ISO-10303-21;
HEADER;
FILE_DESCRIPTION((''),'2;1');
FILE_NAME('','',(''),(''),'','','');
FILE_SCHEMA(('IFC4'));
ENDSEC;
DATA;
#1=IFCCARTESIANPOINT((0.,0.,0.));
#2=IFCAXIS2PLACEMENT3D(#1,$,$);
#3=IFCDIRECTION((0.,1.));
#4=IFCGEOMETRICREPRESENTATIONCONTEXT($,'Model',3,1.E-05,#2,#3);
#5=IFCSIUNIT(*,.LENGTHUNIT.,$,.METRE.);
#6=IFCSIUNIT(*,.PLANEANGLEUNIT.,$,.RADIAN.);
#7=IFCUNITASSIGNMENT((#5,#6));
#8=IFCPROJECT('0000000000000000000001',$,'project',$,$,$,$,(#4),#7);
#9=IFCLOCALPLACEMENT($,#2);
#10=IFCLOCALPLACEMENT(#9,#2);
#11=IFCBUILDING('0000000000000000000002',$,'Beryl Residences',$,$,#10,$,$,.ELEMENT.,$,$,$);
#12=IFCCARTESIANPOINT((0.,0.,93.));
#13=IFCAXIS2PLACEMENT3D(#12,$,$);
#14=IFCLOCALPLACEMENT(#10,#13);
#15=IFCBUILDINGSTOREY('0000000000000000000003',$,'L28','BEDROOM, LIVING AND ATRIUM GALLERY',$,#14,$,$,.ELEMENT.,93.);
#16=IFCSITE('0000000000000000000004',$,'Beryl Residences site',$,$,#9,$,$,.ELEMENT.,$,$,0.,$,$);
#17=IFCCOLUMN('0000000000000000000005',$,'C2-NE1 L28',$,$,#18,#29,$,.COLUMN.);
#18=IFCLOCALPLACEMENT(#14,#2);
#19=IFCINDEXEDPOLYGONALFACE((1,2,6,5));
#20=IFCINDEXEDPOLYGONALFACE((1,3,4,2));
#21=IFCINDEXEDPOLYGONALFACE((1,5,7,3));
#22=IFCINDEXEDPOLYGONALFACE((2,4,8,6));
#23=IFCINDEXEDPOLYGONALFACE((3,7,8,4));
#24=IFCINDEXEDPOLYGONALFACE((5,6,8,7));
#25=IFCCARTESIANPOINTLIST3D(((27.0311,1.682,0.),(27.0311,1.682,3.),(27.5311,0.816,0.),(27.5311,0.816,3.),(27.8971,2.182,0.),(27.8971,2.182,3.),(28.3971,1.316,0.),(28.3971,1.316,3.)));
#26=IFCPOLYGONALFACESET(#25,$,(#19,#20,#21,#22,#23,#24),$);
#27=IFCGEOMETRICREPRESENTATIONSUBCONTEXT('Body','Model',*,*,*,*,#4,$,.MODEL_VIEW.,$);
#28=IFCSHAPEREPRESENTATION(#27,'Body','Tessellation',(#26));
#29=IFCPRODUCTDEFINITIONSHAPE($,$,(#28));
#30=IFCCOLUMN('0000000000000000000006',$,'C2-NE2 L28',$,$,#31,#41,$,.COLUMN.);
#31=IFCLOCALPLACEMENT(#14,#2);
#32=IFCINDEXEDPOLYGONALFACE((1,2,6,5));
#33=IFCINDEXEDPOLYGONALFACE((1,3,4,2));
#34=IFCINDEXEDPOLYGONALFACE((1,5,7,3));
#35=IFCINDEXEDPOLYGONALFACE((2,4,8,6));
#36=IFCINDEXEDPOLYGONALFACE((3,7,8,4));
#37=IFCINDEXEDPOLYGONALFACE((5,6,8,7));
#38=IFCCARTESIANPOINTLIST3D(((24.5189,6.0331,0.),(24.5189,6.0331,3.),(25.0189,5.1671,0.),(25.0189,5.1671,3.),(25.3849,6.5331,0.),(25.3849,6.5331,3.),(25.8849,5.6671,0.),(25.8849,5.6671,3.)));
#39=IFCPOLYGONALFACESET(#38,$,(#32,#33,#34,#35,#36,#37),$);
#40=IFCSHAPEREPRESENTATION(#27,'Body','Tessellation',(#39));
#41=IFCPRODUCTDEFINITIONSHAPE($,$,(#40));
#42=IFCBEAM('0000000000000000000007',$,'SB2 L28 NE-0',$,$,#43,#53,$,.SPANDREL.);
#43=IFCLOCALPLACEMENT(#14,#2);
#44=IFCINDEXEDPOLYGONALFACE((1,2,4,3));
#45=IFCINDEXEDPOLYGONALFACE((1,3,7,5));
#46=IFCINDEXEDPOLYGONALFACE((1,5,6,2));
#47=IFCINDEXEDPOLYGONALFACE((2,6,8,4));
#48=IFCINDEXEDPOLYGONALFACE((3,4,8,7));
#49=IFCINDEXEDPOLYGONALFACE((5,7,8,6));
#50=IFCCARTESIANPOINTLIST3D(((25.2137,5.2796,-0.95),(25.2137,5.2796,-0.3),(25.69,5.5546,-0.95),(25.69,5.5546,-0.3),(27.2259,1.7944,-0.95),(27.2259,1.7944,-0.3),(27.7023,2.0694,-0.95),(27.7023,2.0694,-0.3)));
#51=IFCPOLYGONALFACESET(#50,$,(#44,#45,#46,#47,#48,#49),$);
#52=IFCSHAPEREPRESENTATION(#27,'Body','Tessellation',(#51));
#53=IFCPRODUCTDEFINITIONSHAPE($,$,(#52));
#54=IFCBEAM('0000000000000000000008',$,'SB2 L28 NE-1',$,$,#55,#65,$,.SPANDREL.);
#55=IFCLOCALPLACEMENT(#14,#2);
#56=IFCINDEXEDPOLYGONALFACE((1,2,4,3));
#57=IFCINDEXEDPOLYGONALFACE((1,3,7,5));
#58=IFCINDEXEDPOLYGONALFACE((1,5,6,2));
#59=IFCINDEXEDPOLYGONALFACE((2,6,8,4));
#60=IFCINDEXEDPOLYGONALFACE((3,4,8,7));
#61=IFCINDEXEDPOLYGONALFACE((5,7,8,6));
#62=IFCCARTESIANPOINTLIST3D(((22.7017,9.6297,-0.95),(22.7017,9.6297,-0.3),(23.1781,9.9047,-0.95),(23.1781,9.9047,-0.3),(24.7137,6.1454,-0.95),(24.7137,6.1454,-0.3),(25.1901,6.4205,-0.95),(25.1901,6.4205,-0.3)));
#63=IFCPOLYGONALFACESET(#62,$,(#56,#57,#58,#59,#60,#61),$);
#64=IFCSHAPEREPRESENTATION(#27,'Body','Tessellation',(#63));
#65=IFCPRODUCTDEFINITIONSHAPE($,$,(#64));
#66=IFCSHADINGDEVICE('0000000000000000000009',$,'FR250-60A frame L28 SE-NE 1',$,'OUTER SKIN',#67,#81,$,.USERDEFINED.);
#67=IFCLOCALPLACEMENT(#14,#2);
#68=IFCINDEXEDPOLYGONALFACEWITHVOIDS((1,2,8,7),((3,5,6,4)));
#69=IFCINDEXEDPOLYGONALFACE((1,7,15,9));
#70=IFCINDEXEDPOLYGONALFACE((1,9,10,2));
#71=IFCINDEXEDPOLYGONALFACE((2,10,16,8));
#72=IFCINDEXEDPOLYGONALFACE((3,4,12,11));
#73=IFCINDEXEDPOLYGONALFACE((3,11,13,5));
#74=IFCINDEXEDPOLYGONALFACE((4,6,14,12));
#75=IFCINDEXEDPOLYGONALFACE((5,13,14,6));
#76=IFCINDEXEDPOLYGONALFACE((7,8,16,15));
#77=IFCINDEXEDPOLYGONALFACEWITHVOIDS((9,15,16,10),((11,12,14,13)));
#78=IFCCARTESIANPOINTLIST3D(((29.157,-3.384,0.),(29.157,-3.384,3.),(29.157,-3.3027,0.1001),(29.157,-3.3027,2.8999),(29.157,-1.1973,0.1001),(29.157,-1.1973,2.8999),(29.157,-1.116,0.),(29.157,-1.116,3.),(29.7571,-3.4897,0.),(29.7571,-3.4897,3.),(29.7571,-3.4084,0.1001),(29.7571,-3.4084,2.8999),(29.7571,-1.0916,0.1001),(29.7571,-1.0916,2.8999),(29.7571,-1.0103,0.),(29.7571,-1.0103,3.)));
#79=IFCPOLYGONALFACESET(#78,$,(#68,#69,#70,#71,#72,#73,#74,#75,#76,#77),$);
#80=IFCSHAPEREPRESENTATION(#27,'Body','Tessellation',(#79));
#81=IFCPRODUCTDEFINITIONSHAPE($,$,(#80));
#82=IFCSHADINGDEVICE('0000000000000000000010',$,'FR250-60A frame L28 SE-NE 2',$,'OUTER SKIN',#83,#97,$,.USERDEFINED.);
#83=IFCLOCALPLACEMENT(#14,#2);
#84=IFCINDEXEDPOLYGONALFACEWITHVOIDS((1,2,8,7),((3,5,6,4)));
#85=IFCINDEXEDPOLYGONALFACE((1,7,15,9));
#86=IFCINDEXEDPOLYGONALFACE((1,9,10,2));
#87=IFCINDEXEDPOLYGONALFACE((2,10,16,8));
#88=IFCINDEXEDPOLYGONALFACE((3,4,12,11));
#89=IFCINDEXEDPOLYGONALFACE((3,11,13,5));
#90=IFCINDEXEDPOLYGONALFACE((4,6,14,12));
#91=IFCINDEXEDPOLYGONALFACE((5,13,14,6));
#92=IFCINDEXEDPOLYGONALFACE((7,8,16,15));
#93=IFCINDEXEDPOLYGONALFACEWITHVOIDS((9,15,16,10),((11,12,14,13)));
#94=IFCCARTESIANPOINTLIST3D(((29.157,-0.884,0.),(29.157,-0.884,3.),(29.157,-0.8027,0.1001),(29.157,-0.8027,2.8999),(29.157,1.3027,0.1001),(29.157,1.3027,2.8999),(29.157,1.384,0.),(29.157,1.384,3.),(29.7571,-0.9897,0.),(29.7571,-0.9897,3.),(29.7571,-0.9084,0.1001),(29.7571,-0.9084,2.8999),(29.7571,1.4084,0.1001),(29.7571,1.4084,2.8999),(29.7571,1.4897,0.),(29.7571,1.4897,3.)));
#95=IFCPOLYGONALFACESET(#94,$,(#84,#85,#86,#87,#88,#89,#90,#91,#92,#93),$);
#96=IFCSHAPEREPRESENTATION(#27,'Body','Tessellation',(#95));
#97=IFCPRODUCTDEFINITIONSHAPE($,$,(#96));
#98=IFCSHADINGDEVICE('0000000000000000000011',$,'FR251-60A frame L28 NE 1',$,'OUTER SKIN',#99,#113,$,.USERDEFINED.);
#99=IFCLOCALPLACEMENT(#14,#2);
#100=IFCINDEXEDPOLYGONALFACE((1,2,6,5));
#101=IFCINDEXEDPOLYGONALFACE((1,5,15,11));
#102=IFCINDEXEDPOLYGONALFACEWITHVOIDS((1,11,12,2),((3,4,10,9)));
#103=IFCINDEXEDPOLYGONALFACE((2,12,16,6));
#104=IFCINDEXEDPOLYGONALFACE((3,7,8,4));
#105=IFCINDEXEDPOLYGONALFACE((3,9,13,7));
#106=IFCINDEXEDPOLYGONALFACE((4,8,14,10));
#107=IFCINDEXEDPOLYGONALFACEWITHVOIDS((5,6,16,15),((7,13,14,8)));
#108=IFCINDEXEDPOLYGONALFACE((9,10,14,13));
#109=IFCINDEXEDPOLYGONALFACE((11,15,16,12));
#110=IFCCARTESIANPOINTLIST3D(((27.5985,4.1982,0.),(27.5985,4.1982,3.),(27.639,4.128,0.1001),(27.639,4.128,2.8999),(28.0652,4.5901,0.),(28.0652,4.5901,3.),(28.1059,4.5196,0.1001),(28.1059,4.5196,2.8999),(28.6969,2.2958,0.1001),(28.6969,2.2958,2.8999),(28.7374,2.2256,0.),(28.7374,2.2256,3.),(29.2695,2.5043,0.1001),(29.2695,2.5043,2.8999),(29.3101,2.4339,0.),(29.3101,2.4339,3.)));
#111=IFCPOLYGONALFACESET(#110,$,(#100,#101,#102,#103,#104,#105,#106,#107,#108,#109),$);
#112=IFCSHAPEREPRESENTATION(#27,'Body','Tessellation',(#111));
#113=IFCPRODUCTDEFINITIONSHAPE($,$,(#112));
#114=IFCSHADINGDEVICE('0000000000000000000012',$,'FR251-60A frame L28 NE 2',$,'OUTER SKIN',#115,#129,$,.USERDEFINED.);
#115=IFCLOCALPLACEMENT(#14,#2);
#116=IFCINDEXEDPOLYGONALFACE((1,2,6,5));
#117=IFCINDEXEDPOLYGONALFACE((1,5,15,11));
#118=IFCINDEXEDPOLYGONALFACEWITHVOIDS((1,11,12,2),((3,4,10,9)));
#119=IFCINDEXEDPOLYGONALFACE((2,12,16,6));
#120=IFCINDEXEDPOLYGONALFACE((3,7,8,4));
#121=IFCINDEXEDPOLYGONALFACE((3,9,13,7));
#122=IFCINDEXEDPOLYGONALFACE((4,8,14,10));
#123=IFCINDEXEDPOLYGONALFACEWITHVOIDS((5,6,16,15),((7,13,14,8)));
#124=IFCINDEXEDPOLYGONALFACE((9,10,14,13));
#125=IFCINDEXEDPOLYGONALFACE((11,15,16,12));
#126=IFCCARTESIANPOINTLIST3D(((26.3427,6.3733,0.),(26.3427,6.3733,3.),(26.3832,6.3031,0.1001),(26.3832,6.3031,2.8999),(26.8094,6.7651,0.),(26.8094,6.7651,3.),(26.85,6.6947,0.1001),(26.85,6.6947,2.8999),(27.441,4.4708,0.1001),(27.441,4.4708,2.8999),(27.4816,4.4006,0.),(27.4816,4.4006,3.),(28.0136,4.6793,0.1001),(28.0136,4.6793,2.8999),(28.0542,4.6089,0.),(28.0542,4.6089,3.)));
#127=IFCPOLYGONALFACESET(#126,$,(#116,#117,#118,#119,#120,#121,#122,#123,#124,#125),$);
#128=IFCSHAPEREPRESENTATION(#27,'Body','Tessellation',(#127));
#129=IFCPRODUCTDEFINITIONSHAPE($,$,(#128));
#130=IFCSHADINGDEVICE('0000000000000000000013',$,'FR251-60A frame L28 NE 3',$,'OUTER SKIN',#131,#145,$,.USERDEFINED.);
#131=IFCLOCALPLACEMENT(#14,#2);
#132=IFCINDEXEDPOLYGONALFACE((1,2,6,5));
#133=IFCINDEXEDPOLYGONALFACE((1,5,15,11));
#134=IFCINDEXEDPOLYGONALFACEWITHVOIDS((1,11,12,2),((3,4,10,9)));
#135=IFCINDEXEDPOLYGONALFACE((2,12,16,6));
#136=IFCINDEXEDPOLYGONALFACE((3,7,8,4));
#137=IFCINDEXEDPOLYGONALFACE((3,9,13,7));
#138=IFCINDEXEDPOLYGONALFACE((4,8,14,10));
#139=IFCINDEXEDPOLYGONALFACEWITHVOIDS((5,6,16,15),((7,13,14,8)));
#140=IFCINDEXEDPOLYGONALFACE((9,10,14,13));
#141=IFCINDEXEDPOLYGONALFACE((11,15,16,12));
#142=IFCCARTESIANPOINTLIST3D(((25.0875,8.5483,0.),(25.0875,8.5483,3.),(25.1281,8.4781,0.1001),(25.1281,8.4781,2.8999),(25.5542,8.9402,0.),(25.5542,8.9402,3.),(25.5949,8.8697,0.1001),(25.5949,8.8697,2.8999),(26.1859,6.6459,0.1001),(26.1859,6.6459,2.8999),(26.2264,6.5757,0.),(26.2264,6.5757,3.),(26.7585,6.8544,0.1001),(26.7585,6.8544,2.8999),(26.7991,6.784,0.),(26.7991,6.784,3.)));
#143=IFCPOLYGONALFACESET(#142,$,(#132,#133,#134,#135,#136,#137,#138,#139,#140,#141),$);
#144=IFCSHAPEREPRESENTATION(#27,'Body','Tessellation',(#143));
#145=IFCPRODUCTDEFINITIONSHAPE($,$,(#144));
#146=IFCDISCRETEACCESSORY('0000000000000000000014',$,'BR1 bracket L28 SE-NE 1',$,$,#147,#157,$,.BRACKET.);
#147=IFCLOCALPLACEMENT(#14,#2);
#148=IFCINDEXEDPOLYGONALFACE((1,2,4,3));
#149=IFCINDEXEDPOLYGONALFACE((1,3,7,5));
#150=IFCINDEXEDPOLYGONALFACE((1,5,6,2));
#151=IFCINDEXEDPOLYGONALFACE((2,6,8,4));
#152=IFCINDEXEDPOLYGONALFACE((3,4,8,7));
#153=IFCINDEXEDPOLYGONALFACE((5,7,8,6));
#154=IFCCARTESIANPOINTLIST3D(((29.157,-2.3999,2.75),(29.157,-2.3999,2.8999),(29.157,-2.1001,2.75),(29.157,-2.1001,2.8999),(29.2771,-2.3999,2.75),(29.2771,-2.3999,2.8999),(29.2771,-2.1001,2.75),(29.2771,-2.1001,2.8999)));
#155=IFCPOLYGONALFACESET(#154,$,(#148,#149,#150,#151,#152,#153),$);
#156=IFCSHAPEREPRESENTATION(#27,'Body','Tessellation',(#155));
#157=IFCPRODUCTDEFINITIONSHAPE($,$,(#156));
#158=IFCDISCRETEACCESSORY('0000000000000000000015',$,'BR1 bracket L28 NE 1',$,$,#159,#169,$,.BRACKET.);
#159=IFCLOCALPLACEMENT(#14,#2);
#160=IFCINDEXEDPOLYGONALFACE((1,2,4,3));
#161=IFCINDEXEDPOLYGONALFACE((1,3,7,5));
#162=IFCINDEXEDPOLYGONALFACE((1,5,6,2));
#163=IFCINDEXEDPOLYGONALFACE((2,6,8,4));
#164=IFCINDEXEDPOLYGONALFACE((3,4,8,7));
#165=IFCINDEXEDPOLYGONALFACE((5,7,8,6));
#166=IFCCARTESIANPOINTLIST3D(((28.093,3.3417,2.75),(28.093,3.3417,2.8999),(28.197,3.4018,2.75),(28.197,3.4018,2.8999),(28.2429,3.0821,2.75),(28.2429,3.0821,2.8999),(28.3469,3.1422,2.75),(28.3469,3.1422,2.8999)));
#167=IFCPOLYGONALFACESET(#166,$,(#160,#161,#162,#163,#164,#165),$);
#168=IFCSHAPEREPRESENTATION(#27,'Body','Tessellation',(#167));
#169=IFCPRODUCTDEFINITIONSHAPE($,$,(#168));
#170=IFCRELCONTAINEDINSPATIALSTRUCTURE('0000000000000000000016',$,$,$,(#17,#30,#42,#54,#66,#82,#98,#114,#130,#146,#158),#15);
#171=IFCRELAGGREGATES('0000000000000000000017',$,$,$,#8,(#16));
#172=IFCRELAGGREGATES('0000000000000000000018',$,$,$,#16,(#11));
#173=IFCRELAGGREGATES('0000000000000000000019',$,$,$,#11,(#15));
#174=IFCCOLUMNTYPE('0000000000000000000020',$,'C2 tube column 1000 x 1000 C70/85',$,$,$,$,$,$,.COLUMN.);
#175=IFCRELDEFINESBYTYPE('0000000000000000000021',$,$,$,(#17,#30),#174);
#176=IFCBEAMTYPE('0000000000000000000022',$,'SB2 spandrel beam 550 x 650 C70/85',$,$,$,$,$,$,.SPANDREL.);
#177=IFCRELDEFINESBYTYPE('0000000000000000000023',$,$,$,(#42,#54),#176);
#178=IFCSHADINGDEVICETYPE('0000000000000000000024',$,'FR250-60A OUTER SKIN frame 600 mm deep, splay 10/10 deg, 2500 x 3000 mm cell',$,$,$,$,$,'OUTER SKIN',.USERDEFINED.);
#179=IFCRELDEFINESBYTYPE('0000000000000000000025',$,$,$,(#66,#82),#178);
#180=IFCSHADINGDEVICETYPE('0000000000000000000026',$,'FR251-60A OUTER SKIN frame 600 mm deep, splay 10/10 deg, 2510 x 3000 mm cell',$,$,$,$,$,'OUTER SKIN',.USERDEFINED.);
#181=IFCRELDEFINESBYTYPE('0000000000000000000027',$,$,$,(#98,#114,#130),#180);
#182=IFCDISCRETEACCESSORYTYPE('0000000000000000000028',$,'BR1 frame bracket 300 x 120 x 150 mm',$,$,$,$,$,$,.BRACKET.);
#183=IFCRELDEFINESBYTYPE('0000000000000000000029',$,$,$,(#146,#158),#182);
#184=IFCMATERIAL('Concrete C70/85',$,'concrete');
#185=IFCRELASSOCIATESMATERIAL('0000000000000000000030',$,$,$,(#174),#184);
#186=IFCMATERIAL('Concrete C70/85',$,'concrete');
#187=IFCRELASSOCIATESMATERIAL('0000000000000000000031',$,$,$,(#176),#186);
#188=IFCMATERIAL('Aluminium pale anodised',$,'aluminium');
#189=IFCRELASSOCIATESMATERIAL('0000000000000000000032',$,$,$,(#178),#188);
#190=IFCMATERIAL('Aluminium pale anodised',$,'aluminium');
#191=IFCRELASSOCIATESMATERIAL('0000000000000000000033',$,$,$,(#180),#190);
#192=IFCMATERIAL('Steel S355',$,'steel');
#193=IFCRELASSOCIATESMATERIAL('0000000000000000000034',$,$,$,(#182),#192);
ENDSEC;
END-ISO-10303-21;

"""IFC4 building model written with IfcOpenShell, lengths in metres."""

from ifc_helpers import new_model, entity, si_unit, direction, frame, origin, origin_2d, place, context, subcontext, project, spatial, polyline, rectangle, outline, extrude, source, transform, mapped, material, material_profile, profile_set, type_object, type_shapes, element, save


model = new_model("IFC4")

# Units and contexts
model_context = context("Model", 3, precision=1e-05, world=origin(), true_north=direction((0.0, 1.0)))
body_context = subcontext(model_context, "Body", "Model", "MODEL_VIEW")
ifc_project = project(units=[si_unit("LENGTHUNIT", "METRE"), si_unit("PLANEANGLEUNIT", "RADIAN")], contexts=[model_context])

# Site, building, storey
site_placement = place(None, origin())
site = spatial("IfcSite", under=ifc_project, at=site_placement, Name="Beryl Residences site", CompositionType="ELEMENT", RefElevation=0.0)
building_placement = place(site_placement, origin())
building = spatial("IfcBuilding", under=site, at=building_placement, Name="Beryl Residences", CompositionType="ELEMENT")
storey_placement = place(building_placement, frame((0.0, 0.0, 93.0)))
storey = spatial("IfcBuildingStorey", under=building, at=storey_placement, Name="L28", Description="BEDROOM, LIVING AND ATRIUM GALLERY", CompositionType="ELEMENT", Elevation=93.0)

# Columns
ifc_material_1 = material(Name="Concrete C70/85", Category="concrete")
ifc_material_profile_1 = material_profile(ifc_material_1, rectangle(XDim=1.0, YDim=1.0, at=origin_2d()))
ifc_profile_set_1 = profile_set([ifc_material_profile_1], Name="Concrete C70/85")
column_type = type_object("IfcColumnType", Name="C2 tube column 1000 x 1000 C70/85", PredefinedType="COLUMN", material=ifc_profile_set_1)
for number, where, z_axis, x_axis, name in (
    (1, (27.7141, 1.499, 0.0), (0.0, 0.0, 1.0), (-0.5, 0.866025, 0.0), "C2-NE1 L28"),
    (2, (25.2019, 5.8501, 0.0), (0.0, 0.0, 1.0), (-0.5, 0.866025, 0.0), "C2-NE2 L28"),
):
    element("IfcColumn", number, at=place(storey_placement, frame(where, z_axis=z_axis, x_axis=x_axis)), inside=storey, type_object=column_type, Name=name, PredefinedType="COLUMN", context=body_context, shape_type="SweptSolid", body=[
        extrude(rectangle(XDim=1.0, YDim=1.0, at=origin_2d()), origin(), (0.0, 0.0, 1.0), 3.0),
    ])

# Beams
ifc_material_2 = material(Name="Concrete C70/85", Category="concrete")
ifc_material_profile_2 = material_profile(ifc_material_2, rectangle(XDim=0.55, YDim=0.6499, at=origin_2d()))
ifc_profile_set_2 = profile_set([ifc_material_profile_2], Name="Concrete C70/85")
beam_type = type_object("IfcBeamType", Name="SB2 spandrel beam 550 x 650 C70/85", PredefinedType="SPANDREL", material=ifc_profile_set_2)
beam_1_placement = place(storey_placement, frame((27.4641, 1.9319, -0.625), z_axis=(-0.500015, 0.866017, 0.0), x_axis=(-0.866017, -0.500015, 0.0)))
element("IfcBeam", 3, at=beam_1_placement, inside=storey, type_object=beam_type, Name="SB2 L28 NE-0", PredefinedType="SPANDREL", context=body_context, shape_type="SweptSolid", body=[
    extrude(rectangle(XDim=0.55, YDim=0.6499, at=origin_2d()), origin(), (0.0, 0.0, 1.0), 4.0244),
])
beam_2_placement = place(storey_placement, frame((24.9519, 6.283, -0.625), z_axis=(-0.500074, 0.865982, 0.0), x_axis=(-0.865982, -0.500074, 0.0)))
element("IfcBeam", 4, at=beam_2_placement, inside=storey, type_object=beam_type, Name="SB2 L28 NE-1", PredefinedType="SPANDREL", context=body_context, shape_type="SweptSolid", body=[
    extrude(rectangle(XDim=0.55, YDim=0.6499, at=origin_2d()), origin(), (0.0, 0.0, 1.0), 4.0234),
])

# Shading devices
ifc_material_3 = material(Name="Aluminium pale anodised", Category="aluminium")
shading_device_type_1 = type_object("IfcShadingDeviceType", Name="FR250-60A OUTER SKIN frame 600 mm deep, splay 10/10 deg, 2500 x 3000 mm cell", ElementType="OUTER SKIN", PredefinedType="USERDEFINED", material=ifc_material_3)
cartesian_point_1 = entity("IfcCartesianPoint", [-1.134, 0.0])
cartesian_point_2 = entity("IfcCartesianPoint", [-1.0527, 0.1001])
cartesian_point_3 = entity("IfcCartesianPoint", [-1.2397, 0.0])
cartesian_point_4 = entity("IfcCartesianPoint", [-1.1584, 0.1001])
shared_shape_1 = source(origin(), body_context, "Body", "SweptSolid", [
    entity("IfcExtrudedAreaSolidTapered", entity("IfcArbitraryProfileDefWithVoids", "AREA", None, entity("IfcPolyline", [cartesian_point_1, entity("IfcCartesianPoint", [1.134, 0.0]), entity("IfcCartesianPoint", [1.134, 3.0]), entity("IfcCartesianPoint", [-1.134, 3.0]), cartesian_point_1]), [entity("IfcPolyline", [cartesian_point_2, entity("IfcCartesianPoint", [1.0527, 0.1001]), entity("IfcCartesianPoint", [1.0527, 2.8999]), entity("IfcCartesianPoint", [-1.0527, 2.8999]), cartesian_point_2])]), entity("IfcAxis2Placement3D", entity("IfcCartesianPoint", [0.0, 0.0, 0.0]), entity("IfcDirection", [0.0, 1.0, 0.0]), entity("IfcDirection", [-1.0, 0.0, 0.0])), entity("IfcDirection", [0.0, 0.0, 1.0]), 0.6001, entity("IfcArbitraryProfileDefWithVoids", "AREA", None, entity("IfcPolyline", [cartesian_point_3, entity("IfcCartesianPoint", [1.2397, 0.0]), entity("IfcCartesianPoint", [1.2397, 3.0]), entity("IfcCartesianPoint", [-1.2397, 3.0]), cartesian_point_3]), [entity("IfcPolyline", [cartesian_point_4, entity("IfcCartesianPoint", [1.1584, 0.1001]), entity("IfcCartesianPoint", [1.1584, 2.8999]), entity("IfcCartesianPoint", [-1.1584, 2.8999]), cartesian_point_4])])),
])
type_shapes(shading_device_type_1, [shared_shape_1])
for number, where, z_axis, x_axis, name in (
    (5, (29.157, -2.25, 0.0), (0.0, 0.0, 1.0), (0.0, -1.0, 0.0), "FR250-60A frame L28 SE-NE 1"),
    (6, (29.157, 0.25, 0.0), (0.0, 0.0, 1.0), (0.0, -1.0, 0.0), "FR250-60A frame L28 SE-NE 2"),
):
    element("IfcShadingDevice", number, at=place(storey_placement, frame(where, z_axis=z_axis, x_axis=x_axis)), inside=storey, type_object=shading_device_type_1, Name=name, ObjectType="OUTER SKIN", PredefinedType="USERDEFINED", context=body_context, shape_type="MappedRepresentation", body=[
        mapped(shared_shape_1, transform((0.0, 0.0, 0.0))),
    ])
ifc_material_4 = material(Name="Aluminium pale anodised", Category="aluminium")
shading_device_type_2 = type_object("IfcShadingDeviceType", Name="FR251-60A OUTER SKIN frame 600 mm deep, splay 10/10 deg, 2510 x 3000 mm cell", ElementType="OUTER SKIN", PredefinedType="USERDEFINED", material=ifc_material_4)
cartesian_point_5 = entity("IfcCartesianPoint", [-1.1389, 0.0])
cartesian_point_6 = entity("IfcCartesianPoint", [-1.0579, 0.1001])
cartesian_point_7 = entity("IfcCartesianPoint", [-1.2449, 0.0])
cartesian_point_8 = entity("IfcCartesianPoint", [-1.1636, 0.1001])
shared_shape_2 = source(origin(), body_context, "Body", "SweptSolid", [
    entity("IfcExtrudedAreaSolidTapered", entity("IfcArbitraryProfileDefWithVoids", "AREA", None, entity("IfcPolyline", [cartesian_point_5, entity("IfcCartesianPoint", [1.1389, 0.0]), entity("IfcCartesianPoint", [1.1389, 3.0]), entity("IfcCartesianPoint", [-1.1389, 3.0]), cartesian_point_5]), [entity("IfcPolyline", [cartesian_point_6, entity("IfcCartesianPoint", [1.0579, 0.1001]), entity("IfcCartesianPoint", [1.0579, 2.8999]), entity("IfcCartesianPoint", [-1.0579, 2.8999]), cartesian_point_6])]), entity("IfcAxis2Placement3D", entity("IfcCartesianPoint", [0.0, 0.0, 0.0]), entity("IfcDirection", [0.0, 1.0, 0.0]), entity("IfcDirection", [-1.0, 0.0, 0.0])), entity("IfcDirection", [0.0, 0.0, 1.0]), 0.6001, entity("IfcArbitraryProfileDefWithVoids", "AREA", None, entity("IfcPolyline", [cartesian_point_7, entity("IfcCartesianPoint", [1.2449, 0.0]), entity("IfcCartesianPoint", [1.2449, 3.0]), entity("IfcCartesianPoint", [-1.2449, 3.0]), cartesian_point_7]), [entity("IfcPolyline", [cartesian_point_8, entity("IfcCartesianPoint", [1.1636, 0.1001]), entity("IfcCartesianPoint", [1.1636, 2.8999]), entity("IfcCartesianPoint", [-1.1636, 2.8999]), cartesian_point_8])])),
])
type_shapes(shading_device_type_2, [shared_shape_2])
for number, where, z_axis, x_axis, name in (
    (7, (28.168, 3.2119, 0.0), (0.0, 0.0, 1.0), (0.5, -0.866025, 0.0), "FR251-60A frame L28 NE 1"),
    (8, (26.9121, 5.387, 0.0), (0.0, 0.0, 1.0), (0.5, -0.866025, 0.0), "FR251-60A frame L28 NE 2"),
    (9, (25.657, 7.562, 0.0), (0.0, 0.0, 1.0), (0.5, -0.866025, 0.0), "FR251-60A frame L28 NE 3"),
):
    element("IfcShadingDevice", number, at=place(storey_placement, frame(where, z_axis=z_axis, x_axis=x_axis)), inside=storey, type_object=shading_device_type_2, Name=name, ObjectType="OUTER SKIN", PredefinedType="USERDEFINED", context=body_context, shape_type="MappedRepresentation", body=[
        mapped(shared_shape_2, transform((0.0, 0.0, 0.0))),
    ])

# Discrete accessories
ifc_material_5 = material(Name="Steel S355", Category="steel")
discrete_accessory_type = type_object("IfcDiscreteAccessoryType", Name="BR1 frame bracket 300 x 120 x 150 mm", PredefinedType="BRACKET", material=ifc_material_5)
shared_shape_3 = source(origin(), body_context, "Body", "SweptSolid", [
    extrude(outline(polyline([(-0.1499, 0.0), (0.1499, 0.0), (0.1499, 0.1201), (-0.1499, 0.1201), (-0.1499, 0.0)])), origin(), (0.0, 0.0, 1.0), 0.1499),
])
type_shapes(discrete_accessory_type, [shared_shape_3])
for number, where, z_axis, x_axis, name in (
    (10, (29.157, -2.25, 2.75), (0.0, 0.0, 1.0), (0.0, -1.0, 0.0), "BR1 bracket L28 SE-NE 1"),
    (11, (28.168, 3.2119, 2.75), (0.0, 0.0, 1.0), (0.5, -0.866025, 0.0), "BR1 bracket L28 NE 1"),
):
    element("IfcDiscreteAccessory", number, at=place(storey_placement, frame(where, z_axis=z_axis, x_axis=x_axis)), inside=storey, type_object=discrete_accessory_type, Name=name, PredefinedType="BRACKET", context=body_context, shape_type="MappedRepresentation", body=[
        mapped(shared_shape_3, transform((0.0, 0.0, 0.0))),
    ])

save(model, "model.ifc")
